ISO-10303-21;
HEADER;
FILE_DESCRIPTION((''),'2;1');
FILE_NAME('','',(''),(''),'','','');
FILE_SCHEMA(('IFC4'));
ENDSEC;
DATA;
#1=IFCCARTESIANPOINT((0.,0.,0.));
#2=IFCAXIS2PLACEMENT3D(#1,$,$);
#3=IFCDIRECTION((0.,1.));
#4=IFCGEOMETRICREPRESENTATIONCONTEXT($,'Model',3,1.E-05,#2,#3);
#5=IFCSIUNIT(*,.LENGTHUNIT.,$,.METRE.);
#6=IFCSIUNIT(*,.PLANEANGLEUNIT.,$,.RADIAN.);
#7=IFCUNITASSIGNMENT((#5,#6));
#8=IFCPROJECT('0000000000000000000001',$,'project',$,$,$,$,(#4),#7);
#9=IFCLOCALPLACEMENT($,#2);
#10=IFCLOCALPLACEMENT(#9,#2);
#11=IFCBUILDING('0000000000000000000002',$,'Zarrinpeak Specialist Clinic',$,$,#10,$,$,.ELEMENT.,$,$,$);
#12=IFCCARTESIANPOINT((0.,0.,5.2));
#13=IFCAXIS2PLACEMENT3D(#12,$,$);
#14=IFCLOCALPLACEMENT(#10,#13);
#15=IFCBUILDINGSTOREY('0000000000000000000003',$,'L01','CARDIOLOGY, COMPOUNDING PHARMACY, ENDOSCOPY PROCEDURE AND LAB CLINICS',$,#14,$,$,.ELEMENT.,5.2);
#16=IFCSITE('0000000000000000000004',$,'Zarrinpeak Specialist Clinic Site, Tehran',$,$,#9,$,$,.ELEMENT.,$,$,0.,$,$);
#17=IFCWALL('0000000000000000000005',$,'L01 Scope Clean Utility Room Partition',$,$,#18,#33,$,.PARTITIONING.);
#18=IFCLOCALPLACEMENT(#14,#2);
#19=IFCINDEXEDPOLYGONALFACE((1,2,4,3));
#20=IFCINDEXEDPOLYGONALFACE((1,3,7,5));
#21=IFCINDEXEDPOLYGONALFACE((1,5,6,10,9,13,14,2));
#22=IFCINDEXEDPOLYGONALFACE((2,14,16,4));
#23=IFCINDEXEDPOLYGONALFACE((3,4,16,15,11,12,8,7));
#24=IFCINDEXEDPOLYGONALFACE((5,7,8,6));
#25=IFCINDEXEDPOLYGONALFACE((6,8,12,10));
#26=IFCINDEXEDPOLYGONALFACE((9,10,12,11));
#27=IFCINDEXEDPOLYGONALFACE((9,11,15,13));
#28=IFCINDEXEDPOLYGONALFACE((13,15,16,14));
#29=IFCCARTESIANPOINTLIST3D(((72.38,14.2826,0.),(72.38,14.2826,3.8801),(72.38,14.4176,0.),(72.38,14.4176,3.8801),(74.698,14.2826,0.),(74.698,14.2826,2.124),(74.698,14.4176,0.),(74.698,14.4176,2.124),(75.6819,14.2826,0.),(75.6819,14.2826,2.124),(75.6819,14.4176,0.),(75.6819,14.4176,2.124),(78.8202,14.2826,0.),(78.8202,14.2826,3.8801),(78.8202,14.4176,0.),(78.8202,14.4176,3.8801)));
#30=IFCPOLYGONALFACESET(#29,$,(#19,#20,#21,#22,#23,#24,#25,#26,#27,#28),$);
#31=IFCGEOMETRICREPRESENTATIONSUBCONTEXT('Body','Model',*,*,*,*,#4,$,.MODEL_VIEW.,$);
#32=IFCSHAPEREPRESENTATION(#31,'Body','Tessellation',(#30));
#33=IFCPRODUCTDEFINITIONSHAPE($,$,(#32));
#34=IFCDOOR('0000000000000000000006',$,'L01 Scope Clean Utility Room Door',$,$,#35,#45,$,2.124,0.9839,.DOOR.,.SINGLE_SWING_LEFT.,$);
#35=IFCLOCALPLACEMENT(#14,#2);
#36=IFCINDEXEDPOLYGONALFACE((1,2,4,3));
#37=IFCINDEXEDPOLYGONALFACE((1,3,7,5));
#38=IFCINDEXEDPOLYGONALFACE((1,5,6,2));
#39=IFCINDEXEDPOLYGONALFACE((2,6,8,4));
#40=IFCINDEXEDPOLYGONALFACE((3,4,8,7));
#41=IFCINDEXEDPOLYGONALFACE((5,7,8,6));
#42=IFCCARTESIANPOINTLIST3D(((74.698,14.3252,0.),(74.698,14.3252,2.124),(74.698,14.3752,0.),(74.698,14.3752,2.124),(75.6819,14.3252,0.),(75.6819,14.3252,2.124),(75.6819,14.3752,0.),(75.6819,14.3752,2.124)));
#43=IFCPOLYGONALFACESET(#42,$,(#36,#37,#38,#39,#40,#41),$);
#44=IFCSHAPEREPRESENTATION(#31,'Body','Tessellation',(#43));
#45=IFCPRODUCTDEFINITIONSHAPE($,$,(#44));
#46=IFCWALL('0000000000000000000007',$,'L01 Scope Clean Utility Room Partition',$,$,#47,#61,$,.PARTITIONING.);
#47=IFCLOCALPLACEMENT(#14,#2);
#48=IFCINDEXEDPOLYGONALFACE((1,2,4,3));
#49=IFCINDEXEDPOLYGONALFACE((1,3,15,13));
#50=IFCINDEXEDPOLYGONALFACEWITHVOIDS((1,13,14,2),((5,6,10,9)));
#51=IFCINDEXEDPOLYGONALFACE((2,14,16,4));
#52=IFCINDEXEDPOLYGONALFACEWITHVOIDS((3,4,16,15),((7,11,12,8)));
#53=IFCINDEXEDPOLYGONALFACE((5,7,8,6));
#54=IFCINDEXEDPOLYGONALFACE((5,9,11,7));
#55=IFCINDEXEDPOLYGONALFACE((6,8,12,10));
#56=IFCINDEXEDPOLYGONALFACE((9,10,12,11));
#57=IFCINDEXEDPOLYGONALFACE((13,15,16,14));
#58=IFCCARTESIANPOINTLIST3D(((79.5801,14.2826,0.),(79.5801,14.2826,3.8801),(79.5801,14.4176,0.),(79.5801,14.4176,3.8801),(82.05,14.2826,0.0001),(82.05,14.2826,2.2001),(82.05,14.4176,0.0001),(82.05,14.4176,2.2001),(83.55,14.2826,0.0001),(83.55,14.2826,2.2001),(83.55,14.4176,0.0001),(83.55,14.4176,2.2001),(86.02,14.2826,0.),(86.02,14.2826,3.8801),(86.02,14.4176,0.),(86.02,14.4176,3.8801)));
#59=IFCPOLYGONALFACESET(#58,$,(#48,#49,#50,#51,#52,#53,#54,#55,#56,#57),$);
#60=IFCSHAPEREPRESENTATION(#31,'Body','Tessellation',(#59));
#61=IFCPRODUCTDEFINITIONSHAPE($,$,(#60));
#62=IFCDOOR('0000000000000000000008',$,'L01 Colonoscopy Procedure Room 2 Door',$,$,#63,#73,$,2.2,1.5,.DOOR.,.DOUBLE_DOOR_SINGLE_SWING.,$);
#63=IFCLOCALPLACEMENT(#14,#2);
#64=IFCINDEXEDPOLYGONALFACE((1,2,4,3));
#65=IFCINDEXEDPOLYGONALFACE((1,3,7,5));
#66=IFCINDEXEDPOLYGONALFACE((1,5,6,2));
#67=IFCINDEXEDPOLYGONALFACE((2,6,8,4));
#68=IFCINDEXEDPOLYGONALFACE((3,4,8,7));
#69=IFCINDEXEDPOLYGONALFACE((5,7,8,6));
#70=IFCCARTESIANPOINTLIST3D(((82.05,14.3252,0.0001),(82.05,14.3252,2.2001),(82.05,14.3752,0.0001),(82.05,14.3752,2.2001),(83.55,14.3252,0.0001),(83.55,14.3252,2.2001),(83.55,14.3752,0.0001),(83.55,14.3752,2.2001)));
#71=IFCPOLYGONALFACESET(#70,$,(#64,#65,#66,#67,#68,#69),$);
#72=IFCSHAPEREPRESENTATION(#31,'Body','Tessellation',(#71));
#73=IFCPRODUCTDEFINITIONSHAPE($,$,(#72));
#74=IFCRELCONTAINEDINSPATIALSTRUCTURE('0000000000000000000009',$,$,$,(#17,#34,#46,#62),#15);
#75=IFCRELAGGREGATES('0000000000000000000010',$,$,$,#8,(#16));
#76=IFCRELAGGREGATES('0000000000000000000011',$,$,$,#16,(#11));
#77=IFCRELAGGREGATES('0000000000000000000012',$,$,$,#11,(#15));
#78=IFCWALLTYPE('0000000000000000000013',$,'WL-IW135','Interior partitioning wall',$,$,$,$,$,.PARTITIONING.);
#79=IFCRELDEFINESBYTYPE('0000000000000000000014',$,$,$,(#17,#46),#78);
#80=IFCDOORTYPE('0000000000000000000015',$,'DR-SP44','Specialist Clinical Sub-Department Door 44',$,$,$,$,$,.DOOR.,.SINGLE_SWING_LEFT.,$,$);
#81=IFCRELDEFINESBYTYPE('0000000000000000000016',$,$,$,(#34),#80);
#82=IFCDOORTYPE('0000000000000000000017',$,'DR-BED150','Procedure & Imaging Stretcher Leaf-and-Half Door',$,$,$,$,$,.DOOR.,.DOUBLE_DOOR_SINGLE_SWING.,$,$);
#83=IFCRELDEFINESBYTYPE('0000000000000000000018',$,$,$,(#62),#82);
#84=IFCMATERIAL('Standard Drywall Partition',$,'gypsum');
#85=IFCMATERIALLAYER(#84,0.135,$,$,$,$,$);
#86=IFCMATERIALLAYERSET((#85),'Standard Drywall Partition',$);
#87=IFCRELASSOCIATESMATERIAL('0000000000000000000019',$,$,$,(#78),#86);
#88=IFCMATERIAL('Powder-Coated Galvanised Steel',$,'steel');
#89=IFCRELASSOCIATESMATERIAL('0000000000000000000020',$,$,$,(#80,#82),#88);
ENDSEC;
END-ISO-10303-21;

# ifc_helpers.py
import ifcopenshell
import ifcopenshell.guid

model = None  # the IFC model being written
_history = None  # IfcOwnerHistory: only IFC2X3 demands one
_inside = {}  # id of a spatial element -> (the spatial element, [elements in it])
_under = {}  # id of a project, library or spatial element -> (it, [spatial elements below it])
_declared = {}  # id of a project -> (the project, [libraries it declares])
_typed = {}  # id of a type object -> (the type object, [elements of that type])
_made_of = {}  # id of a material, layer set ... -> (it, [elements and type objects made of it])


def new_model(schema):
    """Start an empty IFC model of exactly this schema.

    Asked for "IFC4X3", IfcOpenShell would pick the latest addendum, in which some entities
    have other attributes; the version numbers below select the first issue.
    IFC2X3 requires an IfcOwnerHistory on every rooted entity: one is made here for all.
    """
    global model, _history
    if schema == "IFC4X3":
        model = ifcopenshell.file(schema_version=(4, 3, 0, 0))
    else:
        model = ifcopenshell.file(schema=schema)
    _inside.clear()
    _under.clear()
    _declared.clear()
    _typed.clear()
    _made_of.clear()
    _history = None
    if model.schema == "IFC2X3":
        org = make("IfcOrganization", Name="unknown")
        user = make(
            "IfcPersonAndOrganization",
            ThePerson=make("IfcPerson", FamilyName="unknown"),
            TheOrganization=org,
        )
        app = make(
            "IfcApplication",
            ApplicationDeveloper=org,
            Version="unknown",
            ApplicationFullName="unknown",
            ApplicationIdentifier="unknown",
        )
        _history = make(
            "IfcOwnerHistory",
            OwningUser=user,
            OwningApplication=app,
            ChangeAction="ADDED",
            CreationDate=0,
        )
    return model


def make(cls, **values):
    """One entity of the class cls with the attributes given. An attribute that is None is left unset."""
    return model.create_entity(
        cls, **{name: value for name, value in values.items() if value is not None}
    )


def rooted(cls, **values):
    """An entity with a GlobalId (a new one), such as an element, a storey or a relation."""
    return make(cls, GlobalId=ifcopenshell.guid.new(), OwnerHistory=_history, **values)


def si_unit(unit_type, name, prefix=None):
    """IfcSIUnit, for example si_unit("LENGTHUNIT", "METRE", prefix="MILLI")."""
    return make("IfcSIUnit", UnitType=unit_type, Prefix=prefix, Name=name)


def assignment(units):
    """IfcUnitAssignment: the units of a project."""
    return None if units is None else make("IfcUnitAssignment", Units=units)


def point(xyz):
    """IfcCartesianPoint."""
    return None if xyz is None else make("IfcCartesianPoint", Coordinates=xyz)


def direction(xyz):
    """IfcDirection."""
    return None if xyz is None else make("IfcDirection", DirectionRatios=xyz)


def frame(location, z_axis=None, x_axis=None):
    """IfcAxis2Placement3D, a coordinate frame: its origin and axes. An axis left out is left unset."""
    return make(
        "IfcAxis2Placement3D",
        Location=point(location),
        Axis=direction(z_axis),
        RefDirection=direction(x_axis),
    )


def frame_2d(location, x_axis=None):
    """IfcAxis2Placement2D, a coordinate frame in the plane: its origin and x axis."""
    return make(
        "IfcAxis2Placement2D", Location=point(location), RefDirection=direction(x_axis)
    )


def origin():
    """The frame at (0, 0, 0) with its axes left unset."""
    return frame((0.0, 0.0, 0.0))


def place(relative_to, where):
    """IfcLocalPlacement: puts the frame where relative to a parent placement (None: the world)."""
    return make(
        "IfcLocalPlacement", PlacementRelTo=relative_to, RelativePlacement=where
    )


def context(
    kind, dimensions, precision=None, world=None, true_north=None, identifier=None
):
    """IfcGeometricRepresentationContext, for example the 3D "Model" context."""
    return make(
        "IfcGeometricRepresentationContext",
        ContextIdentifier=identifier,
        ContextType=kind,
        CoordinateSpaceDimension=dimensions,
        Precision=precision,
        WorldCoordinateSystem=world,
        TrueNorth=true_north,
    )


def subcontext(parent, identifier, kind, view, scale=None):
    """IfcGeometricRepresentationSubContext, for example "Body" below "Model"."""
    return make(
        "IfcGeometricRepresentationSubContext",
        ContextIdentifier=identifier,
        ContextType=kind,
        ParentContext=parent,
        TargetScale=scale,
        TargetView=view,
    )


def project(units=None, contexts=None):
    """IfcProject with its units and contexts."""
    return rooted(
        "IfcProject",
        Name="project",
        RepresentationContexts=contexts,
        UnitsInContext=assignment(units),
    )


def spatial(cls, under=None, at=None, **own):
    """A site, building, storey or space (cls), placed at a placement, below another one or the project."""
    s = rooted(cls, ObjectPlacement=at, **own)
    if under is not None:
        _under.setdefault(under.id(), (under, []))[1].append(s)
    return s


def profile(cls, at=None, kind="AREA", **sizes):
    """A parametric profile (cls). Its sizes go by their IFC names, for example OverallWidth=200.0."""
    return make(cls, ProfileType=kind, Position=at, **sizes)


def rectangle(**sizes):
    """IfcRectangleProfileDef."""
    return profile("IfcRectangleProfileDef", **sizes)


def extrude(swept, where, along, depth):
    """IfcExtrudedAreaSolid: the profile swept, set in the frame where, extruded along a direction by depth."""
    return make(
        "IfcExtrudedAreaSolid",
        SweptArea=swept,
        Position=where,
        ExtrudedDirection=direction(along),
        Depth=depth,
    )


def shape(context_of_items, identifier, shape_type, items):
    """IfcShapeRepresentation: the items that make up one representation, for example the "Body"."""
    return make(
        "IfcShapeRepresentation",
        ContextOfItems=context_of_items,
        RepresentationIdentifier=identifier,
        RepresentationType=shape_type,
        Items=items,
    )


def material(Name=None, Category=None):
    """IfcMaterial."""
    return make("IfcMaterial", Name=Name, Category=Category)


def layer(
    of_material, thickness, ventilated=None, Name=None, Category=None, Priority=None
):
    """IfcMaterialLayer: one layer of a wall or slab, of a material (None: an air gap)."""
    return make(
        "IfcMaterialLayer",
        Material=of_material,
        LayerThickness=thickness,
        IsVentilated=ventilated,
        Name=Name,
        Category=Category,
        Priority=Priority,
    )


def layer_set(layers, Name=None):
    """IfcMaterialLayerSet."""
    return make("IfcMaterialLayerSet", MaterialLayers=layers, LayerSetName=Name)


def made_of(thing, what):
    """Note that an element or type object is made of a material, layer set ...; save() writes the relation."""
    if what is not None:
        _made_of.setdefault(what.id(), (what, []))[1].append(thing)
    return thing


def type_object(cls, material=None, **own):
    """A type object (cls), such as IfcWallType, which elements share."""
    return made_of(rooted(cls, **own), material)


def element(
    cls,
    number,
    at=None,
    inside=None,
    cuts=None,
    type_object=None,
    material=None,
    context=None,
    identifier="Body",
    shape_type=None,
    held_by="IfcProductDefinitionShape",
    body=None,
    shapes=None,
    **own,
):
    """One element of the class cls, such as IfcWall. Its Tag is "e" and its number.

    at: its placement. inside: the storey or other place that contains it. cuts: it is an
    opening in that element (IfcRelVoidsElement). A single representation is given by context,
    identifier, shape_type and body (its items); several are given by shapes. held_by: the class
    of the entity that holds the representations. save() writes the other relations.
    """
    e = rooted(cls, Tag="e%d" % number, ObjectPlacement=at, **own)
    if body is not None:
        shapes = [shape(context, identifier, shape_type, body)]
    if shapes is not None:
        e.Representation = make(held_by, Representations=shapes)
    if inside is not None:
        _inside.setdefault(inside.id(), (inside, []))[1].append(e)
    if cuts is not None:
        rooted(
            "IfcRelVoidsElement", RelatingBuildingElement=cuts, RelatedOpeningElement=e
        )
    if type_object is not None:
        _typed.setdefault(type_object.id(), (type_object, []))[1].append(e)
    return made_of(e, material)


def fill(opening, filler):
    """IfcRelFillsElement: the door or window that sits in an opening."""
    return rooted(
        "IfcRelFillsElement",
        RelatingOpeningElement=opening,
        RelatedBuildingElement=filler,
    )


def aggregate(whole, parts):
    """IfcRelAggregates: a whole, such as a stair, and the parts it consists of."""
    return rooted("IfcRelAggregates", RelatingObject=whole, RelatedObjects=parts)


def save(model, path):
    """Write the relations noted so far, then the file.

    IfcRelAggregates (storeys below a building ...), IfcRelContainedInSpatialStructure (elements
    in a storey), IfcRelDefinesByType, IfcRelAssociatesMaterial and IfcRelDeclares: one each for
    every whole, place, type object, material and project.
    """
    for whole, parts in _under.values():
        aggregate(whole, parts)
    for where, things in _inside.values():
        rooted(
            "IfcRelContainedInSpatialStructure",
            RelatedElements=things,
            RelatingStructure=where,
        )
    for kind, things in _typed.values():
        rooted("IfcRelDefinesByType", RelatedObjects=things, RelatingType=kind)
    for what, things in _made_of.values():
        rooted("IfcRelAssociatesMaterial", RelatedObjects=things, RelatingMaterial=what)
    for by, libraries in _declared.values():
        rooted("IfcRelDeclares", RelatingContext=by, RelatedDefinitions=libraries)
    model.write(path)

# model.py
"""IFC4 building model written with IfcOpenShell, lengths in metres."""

from ifc_helpers import new_model, si_unit, direction, frame, frame_2d, origin, place, context, subcontext, project, spatial, rectangle, extrude, material, layer, layer_set, type_object, element, fill, save


model = new_model("IFC4")

# Units and contexts
model_context = context("Model", 3, precision=1e-05, world=origin(), true_north=direction((0.0, 1.0)))
body_context = subcontext(model_context, "Body", "Model", "MODEL_VIEW")
ifc_project = project(units=[si_unit("LENGTHUNIT", "METRE"), si_unit("PLANEANGLEUNIT", "RADIAN")], contexts=[model_context])

# Site, building, storey
site_placement = place(None, origin())
site = spatial("IfcSite", under=ifc_project, at=site_placement, Name="Zarrinpeak Specialist Clinic Site, Tehran", CompositionType="ELEMENT", RefElevation=0.0)
building_placement = place(site_placement, origin())
building = spatial("IfcBuilding", under=site, at=building_placement, Name="Zarrinpeak Specialist Clinic", CompositionType="ELEMENT")
storey_placement = place(building_placement, frame((0.0, 0.0, 5.2)))
storey = spatial("IfcBuildingStorey", under=building, at=storey_placement, Name="L01", Description="CARDIOLOGY, COMPOUNDING PHARMACY, ENDOSCOPY PROCEDURE AND LAB CLINICS", CompositionType="ELEMENT", Elevation=5.2)

# Walls, openings, doors
ifc_material_1 = material(Name="Standard Drywall Partition", Category="gypsum")
ifc_layer_1 = layer(ifc_material_1, 0.135)
ifc_layer_set_1 = layer_set([ifc_layer_1], Name="Standard Drywall Partition")
wall_type_1 = type_object("IfcWallType", Name="WL-IW135", Description="Interior partitioning wall", PredefinedType="PARTITIONING", material=ifc_layer_set_1)
wall_1_placement = place(storey_placement, frame((72.3799, 14.3501, 0.0), z_axis=(0.0, 0.0, 1.0), x_axis=(1.0, 0.0, 0.0)))
wall_1 = element("IfcWall", 1, at=wall_1_placement, inside=storey, type_object=wall_type_1, Name="L01 Scope Clean Utility Room Partition", PredefinedType="PARTITIONING", context=body_context, shape_type="SweptSolid", body=[
    extrude(rectangle(XDim=6.4402, YDim=0.135, at=frame_2d((3.2202, 0.0))), origin(), (0.0, 0.0, 1.0), 3.8801),
])
opening_1_placement = place(wall_1_placement, frame((2.3181, 0.0, 0.0)))
opening_1 = element("IfcOpeningElement", 2, at=opening_1_placement, cuts=wall_1, PredefinedType="OPENING", context=body_context, shape_type="SweptSolid", body=[
    extrude(rectangle(XDim=0.9839, YDim=2.124, at=frame_2d((0.4919, 1.062))), frame((0.0, 0.0776, 0.0), z_axis=(0.0, -1.0, 0.0), x_axis=(1.0, 0.0, 0.0)), (0.0, 0.0, 1.0), 0.155),
])
ifc_material_2 = material(Name="Powder-Coated Galvanised Steel", Category="steel")
door_type_1 = type_object("IfcDoorType", Name="DR-SP44", Description="Specialist Clinical Sub-Department Door 44", OperationType="SINGLE_SWING_LEFT", PredefinedType="DOOR", material=ifc_material_2)
door_1_placement = place(opening_1_placement, frame((0.9839, 0.0, 0.0), z_axis=(0.0, 0.0, 1.0), x_axis=(-1.0, 0.0, 0.0)))
door_1 = element("IfcDoor", 3, at=door_1_placement, inside=storey, type_object=door_type_1, Name="L01 Scope Clean Utility Room Door", OperationType="SINGLE_SWING_LEFT", OverallHeight=2.124, OverallWidth=0.9839, PredefinedType="DOOR", context=body_context, shape_type="SweptSolid", body=[
    extrude(rectangle(XDim=0.9839, YDim=2.124, at=frame_2d((0.4919, 1.062))), frame((0.0, 0.0249, 0.0), z_axis=(0.0, -1.0, 0.0), x_axis=(1.0, 0.0, 0.0)), (0.0, 0.0, 1.0), 0.05),
])
fill(opening_1, door_1)
wall_2_placement = place(storey_placement, frame((79.5801, 14.3501, 0.0), z_axis=(0.0, 0.0, 1.0), x_axis=(1.0, 0.0, 0.0)))
wall_2 = element("IfcWall", 4, at=wall_2_placement, inside=storey, type_object=wall_type_1, Name="L01 Scope Clean Utility Room Partition", PredefinedType="PARTITIONING", context=body_context, shape_type="SweptSolid", body=[
    extrude(rectangle(XDim=6.4399, YDim=0.135, at=frame_2d((3.22, 0.0))), origin(), (0.0, 0.0, 1.0), 3.8801),
])
opening_2_placement = place(wall_2_placement, frame((2.47, 0.0, 0.0)))
opening_2 = element("IfcOpeningElement", 5, at=opening_2_placement, cuts=wall_2, PredefinedType="OPENING", context=body_context, shape_type="SweptSolid", body=[
    extrude(rectangle(XDim=1.5, YDim=2.2, at=frame_2d((0.75, 1.1001))), frame((0.0, 0.0776, 0.0), z_axis=(0.0, -1.0, 0.0), x_axis=(1.0, 0.0, 0.0)), (0.0, 0.0, 1.0), 0.155),
])
door_type_2 = type_object("IfcDoorType", Name="DR-BED150", Description="Procedure & Imaging Stretcher Leaf-and-Half Door", OperationType="DOUBLE_DOOR_SINGLE_SWING", PredefinedType="DOOR", material=ifc_material_2)
door_2_placement = place(opening_2_placement, frame((1.5, 0.0, 0.0), z_axis=(0.0, 0.0, 1.0), x_axis=(-1.0, 0.0, 0.0)))
door_2 = element("IfcDoor", 6, at=door_2_placement, inside=storey, type_object=door_type_2, Name="L01 Colonoscopy Procedure Room 2 Door", OperationType="DOUBLE_DOOR_SINGLE_SWING", OverallHeight=2.2, OverallWidth=1.5, PredefinedType="DOOR", context=body_context, shape_type="SweptSolid", body=[
    extrude(rectangle(XDim=1.5, YDim=2.2, at=frame_2d((0.75, 1.1001))), frame((0.0, 0.0249, 0.0), z_axis=(0.0, -1.0, 0.0), x_axis=(1.0, 0.0, 0.0)), (0.0, 0.0, 1.0), 0.05),
])
fill(opening_2, door_2)

save(model, "model.ifc")
